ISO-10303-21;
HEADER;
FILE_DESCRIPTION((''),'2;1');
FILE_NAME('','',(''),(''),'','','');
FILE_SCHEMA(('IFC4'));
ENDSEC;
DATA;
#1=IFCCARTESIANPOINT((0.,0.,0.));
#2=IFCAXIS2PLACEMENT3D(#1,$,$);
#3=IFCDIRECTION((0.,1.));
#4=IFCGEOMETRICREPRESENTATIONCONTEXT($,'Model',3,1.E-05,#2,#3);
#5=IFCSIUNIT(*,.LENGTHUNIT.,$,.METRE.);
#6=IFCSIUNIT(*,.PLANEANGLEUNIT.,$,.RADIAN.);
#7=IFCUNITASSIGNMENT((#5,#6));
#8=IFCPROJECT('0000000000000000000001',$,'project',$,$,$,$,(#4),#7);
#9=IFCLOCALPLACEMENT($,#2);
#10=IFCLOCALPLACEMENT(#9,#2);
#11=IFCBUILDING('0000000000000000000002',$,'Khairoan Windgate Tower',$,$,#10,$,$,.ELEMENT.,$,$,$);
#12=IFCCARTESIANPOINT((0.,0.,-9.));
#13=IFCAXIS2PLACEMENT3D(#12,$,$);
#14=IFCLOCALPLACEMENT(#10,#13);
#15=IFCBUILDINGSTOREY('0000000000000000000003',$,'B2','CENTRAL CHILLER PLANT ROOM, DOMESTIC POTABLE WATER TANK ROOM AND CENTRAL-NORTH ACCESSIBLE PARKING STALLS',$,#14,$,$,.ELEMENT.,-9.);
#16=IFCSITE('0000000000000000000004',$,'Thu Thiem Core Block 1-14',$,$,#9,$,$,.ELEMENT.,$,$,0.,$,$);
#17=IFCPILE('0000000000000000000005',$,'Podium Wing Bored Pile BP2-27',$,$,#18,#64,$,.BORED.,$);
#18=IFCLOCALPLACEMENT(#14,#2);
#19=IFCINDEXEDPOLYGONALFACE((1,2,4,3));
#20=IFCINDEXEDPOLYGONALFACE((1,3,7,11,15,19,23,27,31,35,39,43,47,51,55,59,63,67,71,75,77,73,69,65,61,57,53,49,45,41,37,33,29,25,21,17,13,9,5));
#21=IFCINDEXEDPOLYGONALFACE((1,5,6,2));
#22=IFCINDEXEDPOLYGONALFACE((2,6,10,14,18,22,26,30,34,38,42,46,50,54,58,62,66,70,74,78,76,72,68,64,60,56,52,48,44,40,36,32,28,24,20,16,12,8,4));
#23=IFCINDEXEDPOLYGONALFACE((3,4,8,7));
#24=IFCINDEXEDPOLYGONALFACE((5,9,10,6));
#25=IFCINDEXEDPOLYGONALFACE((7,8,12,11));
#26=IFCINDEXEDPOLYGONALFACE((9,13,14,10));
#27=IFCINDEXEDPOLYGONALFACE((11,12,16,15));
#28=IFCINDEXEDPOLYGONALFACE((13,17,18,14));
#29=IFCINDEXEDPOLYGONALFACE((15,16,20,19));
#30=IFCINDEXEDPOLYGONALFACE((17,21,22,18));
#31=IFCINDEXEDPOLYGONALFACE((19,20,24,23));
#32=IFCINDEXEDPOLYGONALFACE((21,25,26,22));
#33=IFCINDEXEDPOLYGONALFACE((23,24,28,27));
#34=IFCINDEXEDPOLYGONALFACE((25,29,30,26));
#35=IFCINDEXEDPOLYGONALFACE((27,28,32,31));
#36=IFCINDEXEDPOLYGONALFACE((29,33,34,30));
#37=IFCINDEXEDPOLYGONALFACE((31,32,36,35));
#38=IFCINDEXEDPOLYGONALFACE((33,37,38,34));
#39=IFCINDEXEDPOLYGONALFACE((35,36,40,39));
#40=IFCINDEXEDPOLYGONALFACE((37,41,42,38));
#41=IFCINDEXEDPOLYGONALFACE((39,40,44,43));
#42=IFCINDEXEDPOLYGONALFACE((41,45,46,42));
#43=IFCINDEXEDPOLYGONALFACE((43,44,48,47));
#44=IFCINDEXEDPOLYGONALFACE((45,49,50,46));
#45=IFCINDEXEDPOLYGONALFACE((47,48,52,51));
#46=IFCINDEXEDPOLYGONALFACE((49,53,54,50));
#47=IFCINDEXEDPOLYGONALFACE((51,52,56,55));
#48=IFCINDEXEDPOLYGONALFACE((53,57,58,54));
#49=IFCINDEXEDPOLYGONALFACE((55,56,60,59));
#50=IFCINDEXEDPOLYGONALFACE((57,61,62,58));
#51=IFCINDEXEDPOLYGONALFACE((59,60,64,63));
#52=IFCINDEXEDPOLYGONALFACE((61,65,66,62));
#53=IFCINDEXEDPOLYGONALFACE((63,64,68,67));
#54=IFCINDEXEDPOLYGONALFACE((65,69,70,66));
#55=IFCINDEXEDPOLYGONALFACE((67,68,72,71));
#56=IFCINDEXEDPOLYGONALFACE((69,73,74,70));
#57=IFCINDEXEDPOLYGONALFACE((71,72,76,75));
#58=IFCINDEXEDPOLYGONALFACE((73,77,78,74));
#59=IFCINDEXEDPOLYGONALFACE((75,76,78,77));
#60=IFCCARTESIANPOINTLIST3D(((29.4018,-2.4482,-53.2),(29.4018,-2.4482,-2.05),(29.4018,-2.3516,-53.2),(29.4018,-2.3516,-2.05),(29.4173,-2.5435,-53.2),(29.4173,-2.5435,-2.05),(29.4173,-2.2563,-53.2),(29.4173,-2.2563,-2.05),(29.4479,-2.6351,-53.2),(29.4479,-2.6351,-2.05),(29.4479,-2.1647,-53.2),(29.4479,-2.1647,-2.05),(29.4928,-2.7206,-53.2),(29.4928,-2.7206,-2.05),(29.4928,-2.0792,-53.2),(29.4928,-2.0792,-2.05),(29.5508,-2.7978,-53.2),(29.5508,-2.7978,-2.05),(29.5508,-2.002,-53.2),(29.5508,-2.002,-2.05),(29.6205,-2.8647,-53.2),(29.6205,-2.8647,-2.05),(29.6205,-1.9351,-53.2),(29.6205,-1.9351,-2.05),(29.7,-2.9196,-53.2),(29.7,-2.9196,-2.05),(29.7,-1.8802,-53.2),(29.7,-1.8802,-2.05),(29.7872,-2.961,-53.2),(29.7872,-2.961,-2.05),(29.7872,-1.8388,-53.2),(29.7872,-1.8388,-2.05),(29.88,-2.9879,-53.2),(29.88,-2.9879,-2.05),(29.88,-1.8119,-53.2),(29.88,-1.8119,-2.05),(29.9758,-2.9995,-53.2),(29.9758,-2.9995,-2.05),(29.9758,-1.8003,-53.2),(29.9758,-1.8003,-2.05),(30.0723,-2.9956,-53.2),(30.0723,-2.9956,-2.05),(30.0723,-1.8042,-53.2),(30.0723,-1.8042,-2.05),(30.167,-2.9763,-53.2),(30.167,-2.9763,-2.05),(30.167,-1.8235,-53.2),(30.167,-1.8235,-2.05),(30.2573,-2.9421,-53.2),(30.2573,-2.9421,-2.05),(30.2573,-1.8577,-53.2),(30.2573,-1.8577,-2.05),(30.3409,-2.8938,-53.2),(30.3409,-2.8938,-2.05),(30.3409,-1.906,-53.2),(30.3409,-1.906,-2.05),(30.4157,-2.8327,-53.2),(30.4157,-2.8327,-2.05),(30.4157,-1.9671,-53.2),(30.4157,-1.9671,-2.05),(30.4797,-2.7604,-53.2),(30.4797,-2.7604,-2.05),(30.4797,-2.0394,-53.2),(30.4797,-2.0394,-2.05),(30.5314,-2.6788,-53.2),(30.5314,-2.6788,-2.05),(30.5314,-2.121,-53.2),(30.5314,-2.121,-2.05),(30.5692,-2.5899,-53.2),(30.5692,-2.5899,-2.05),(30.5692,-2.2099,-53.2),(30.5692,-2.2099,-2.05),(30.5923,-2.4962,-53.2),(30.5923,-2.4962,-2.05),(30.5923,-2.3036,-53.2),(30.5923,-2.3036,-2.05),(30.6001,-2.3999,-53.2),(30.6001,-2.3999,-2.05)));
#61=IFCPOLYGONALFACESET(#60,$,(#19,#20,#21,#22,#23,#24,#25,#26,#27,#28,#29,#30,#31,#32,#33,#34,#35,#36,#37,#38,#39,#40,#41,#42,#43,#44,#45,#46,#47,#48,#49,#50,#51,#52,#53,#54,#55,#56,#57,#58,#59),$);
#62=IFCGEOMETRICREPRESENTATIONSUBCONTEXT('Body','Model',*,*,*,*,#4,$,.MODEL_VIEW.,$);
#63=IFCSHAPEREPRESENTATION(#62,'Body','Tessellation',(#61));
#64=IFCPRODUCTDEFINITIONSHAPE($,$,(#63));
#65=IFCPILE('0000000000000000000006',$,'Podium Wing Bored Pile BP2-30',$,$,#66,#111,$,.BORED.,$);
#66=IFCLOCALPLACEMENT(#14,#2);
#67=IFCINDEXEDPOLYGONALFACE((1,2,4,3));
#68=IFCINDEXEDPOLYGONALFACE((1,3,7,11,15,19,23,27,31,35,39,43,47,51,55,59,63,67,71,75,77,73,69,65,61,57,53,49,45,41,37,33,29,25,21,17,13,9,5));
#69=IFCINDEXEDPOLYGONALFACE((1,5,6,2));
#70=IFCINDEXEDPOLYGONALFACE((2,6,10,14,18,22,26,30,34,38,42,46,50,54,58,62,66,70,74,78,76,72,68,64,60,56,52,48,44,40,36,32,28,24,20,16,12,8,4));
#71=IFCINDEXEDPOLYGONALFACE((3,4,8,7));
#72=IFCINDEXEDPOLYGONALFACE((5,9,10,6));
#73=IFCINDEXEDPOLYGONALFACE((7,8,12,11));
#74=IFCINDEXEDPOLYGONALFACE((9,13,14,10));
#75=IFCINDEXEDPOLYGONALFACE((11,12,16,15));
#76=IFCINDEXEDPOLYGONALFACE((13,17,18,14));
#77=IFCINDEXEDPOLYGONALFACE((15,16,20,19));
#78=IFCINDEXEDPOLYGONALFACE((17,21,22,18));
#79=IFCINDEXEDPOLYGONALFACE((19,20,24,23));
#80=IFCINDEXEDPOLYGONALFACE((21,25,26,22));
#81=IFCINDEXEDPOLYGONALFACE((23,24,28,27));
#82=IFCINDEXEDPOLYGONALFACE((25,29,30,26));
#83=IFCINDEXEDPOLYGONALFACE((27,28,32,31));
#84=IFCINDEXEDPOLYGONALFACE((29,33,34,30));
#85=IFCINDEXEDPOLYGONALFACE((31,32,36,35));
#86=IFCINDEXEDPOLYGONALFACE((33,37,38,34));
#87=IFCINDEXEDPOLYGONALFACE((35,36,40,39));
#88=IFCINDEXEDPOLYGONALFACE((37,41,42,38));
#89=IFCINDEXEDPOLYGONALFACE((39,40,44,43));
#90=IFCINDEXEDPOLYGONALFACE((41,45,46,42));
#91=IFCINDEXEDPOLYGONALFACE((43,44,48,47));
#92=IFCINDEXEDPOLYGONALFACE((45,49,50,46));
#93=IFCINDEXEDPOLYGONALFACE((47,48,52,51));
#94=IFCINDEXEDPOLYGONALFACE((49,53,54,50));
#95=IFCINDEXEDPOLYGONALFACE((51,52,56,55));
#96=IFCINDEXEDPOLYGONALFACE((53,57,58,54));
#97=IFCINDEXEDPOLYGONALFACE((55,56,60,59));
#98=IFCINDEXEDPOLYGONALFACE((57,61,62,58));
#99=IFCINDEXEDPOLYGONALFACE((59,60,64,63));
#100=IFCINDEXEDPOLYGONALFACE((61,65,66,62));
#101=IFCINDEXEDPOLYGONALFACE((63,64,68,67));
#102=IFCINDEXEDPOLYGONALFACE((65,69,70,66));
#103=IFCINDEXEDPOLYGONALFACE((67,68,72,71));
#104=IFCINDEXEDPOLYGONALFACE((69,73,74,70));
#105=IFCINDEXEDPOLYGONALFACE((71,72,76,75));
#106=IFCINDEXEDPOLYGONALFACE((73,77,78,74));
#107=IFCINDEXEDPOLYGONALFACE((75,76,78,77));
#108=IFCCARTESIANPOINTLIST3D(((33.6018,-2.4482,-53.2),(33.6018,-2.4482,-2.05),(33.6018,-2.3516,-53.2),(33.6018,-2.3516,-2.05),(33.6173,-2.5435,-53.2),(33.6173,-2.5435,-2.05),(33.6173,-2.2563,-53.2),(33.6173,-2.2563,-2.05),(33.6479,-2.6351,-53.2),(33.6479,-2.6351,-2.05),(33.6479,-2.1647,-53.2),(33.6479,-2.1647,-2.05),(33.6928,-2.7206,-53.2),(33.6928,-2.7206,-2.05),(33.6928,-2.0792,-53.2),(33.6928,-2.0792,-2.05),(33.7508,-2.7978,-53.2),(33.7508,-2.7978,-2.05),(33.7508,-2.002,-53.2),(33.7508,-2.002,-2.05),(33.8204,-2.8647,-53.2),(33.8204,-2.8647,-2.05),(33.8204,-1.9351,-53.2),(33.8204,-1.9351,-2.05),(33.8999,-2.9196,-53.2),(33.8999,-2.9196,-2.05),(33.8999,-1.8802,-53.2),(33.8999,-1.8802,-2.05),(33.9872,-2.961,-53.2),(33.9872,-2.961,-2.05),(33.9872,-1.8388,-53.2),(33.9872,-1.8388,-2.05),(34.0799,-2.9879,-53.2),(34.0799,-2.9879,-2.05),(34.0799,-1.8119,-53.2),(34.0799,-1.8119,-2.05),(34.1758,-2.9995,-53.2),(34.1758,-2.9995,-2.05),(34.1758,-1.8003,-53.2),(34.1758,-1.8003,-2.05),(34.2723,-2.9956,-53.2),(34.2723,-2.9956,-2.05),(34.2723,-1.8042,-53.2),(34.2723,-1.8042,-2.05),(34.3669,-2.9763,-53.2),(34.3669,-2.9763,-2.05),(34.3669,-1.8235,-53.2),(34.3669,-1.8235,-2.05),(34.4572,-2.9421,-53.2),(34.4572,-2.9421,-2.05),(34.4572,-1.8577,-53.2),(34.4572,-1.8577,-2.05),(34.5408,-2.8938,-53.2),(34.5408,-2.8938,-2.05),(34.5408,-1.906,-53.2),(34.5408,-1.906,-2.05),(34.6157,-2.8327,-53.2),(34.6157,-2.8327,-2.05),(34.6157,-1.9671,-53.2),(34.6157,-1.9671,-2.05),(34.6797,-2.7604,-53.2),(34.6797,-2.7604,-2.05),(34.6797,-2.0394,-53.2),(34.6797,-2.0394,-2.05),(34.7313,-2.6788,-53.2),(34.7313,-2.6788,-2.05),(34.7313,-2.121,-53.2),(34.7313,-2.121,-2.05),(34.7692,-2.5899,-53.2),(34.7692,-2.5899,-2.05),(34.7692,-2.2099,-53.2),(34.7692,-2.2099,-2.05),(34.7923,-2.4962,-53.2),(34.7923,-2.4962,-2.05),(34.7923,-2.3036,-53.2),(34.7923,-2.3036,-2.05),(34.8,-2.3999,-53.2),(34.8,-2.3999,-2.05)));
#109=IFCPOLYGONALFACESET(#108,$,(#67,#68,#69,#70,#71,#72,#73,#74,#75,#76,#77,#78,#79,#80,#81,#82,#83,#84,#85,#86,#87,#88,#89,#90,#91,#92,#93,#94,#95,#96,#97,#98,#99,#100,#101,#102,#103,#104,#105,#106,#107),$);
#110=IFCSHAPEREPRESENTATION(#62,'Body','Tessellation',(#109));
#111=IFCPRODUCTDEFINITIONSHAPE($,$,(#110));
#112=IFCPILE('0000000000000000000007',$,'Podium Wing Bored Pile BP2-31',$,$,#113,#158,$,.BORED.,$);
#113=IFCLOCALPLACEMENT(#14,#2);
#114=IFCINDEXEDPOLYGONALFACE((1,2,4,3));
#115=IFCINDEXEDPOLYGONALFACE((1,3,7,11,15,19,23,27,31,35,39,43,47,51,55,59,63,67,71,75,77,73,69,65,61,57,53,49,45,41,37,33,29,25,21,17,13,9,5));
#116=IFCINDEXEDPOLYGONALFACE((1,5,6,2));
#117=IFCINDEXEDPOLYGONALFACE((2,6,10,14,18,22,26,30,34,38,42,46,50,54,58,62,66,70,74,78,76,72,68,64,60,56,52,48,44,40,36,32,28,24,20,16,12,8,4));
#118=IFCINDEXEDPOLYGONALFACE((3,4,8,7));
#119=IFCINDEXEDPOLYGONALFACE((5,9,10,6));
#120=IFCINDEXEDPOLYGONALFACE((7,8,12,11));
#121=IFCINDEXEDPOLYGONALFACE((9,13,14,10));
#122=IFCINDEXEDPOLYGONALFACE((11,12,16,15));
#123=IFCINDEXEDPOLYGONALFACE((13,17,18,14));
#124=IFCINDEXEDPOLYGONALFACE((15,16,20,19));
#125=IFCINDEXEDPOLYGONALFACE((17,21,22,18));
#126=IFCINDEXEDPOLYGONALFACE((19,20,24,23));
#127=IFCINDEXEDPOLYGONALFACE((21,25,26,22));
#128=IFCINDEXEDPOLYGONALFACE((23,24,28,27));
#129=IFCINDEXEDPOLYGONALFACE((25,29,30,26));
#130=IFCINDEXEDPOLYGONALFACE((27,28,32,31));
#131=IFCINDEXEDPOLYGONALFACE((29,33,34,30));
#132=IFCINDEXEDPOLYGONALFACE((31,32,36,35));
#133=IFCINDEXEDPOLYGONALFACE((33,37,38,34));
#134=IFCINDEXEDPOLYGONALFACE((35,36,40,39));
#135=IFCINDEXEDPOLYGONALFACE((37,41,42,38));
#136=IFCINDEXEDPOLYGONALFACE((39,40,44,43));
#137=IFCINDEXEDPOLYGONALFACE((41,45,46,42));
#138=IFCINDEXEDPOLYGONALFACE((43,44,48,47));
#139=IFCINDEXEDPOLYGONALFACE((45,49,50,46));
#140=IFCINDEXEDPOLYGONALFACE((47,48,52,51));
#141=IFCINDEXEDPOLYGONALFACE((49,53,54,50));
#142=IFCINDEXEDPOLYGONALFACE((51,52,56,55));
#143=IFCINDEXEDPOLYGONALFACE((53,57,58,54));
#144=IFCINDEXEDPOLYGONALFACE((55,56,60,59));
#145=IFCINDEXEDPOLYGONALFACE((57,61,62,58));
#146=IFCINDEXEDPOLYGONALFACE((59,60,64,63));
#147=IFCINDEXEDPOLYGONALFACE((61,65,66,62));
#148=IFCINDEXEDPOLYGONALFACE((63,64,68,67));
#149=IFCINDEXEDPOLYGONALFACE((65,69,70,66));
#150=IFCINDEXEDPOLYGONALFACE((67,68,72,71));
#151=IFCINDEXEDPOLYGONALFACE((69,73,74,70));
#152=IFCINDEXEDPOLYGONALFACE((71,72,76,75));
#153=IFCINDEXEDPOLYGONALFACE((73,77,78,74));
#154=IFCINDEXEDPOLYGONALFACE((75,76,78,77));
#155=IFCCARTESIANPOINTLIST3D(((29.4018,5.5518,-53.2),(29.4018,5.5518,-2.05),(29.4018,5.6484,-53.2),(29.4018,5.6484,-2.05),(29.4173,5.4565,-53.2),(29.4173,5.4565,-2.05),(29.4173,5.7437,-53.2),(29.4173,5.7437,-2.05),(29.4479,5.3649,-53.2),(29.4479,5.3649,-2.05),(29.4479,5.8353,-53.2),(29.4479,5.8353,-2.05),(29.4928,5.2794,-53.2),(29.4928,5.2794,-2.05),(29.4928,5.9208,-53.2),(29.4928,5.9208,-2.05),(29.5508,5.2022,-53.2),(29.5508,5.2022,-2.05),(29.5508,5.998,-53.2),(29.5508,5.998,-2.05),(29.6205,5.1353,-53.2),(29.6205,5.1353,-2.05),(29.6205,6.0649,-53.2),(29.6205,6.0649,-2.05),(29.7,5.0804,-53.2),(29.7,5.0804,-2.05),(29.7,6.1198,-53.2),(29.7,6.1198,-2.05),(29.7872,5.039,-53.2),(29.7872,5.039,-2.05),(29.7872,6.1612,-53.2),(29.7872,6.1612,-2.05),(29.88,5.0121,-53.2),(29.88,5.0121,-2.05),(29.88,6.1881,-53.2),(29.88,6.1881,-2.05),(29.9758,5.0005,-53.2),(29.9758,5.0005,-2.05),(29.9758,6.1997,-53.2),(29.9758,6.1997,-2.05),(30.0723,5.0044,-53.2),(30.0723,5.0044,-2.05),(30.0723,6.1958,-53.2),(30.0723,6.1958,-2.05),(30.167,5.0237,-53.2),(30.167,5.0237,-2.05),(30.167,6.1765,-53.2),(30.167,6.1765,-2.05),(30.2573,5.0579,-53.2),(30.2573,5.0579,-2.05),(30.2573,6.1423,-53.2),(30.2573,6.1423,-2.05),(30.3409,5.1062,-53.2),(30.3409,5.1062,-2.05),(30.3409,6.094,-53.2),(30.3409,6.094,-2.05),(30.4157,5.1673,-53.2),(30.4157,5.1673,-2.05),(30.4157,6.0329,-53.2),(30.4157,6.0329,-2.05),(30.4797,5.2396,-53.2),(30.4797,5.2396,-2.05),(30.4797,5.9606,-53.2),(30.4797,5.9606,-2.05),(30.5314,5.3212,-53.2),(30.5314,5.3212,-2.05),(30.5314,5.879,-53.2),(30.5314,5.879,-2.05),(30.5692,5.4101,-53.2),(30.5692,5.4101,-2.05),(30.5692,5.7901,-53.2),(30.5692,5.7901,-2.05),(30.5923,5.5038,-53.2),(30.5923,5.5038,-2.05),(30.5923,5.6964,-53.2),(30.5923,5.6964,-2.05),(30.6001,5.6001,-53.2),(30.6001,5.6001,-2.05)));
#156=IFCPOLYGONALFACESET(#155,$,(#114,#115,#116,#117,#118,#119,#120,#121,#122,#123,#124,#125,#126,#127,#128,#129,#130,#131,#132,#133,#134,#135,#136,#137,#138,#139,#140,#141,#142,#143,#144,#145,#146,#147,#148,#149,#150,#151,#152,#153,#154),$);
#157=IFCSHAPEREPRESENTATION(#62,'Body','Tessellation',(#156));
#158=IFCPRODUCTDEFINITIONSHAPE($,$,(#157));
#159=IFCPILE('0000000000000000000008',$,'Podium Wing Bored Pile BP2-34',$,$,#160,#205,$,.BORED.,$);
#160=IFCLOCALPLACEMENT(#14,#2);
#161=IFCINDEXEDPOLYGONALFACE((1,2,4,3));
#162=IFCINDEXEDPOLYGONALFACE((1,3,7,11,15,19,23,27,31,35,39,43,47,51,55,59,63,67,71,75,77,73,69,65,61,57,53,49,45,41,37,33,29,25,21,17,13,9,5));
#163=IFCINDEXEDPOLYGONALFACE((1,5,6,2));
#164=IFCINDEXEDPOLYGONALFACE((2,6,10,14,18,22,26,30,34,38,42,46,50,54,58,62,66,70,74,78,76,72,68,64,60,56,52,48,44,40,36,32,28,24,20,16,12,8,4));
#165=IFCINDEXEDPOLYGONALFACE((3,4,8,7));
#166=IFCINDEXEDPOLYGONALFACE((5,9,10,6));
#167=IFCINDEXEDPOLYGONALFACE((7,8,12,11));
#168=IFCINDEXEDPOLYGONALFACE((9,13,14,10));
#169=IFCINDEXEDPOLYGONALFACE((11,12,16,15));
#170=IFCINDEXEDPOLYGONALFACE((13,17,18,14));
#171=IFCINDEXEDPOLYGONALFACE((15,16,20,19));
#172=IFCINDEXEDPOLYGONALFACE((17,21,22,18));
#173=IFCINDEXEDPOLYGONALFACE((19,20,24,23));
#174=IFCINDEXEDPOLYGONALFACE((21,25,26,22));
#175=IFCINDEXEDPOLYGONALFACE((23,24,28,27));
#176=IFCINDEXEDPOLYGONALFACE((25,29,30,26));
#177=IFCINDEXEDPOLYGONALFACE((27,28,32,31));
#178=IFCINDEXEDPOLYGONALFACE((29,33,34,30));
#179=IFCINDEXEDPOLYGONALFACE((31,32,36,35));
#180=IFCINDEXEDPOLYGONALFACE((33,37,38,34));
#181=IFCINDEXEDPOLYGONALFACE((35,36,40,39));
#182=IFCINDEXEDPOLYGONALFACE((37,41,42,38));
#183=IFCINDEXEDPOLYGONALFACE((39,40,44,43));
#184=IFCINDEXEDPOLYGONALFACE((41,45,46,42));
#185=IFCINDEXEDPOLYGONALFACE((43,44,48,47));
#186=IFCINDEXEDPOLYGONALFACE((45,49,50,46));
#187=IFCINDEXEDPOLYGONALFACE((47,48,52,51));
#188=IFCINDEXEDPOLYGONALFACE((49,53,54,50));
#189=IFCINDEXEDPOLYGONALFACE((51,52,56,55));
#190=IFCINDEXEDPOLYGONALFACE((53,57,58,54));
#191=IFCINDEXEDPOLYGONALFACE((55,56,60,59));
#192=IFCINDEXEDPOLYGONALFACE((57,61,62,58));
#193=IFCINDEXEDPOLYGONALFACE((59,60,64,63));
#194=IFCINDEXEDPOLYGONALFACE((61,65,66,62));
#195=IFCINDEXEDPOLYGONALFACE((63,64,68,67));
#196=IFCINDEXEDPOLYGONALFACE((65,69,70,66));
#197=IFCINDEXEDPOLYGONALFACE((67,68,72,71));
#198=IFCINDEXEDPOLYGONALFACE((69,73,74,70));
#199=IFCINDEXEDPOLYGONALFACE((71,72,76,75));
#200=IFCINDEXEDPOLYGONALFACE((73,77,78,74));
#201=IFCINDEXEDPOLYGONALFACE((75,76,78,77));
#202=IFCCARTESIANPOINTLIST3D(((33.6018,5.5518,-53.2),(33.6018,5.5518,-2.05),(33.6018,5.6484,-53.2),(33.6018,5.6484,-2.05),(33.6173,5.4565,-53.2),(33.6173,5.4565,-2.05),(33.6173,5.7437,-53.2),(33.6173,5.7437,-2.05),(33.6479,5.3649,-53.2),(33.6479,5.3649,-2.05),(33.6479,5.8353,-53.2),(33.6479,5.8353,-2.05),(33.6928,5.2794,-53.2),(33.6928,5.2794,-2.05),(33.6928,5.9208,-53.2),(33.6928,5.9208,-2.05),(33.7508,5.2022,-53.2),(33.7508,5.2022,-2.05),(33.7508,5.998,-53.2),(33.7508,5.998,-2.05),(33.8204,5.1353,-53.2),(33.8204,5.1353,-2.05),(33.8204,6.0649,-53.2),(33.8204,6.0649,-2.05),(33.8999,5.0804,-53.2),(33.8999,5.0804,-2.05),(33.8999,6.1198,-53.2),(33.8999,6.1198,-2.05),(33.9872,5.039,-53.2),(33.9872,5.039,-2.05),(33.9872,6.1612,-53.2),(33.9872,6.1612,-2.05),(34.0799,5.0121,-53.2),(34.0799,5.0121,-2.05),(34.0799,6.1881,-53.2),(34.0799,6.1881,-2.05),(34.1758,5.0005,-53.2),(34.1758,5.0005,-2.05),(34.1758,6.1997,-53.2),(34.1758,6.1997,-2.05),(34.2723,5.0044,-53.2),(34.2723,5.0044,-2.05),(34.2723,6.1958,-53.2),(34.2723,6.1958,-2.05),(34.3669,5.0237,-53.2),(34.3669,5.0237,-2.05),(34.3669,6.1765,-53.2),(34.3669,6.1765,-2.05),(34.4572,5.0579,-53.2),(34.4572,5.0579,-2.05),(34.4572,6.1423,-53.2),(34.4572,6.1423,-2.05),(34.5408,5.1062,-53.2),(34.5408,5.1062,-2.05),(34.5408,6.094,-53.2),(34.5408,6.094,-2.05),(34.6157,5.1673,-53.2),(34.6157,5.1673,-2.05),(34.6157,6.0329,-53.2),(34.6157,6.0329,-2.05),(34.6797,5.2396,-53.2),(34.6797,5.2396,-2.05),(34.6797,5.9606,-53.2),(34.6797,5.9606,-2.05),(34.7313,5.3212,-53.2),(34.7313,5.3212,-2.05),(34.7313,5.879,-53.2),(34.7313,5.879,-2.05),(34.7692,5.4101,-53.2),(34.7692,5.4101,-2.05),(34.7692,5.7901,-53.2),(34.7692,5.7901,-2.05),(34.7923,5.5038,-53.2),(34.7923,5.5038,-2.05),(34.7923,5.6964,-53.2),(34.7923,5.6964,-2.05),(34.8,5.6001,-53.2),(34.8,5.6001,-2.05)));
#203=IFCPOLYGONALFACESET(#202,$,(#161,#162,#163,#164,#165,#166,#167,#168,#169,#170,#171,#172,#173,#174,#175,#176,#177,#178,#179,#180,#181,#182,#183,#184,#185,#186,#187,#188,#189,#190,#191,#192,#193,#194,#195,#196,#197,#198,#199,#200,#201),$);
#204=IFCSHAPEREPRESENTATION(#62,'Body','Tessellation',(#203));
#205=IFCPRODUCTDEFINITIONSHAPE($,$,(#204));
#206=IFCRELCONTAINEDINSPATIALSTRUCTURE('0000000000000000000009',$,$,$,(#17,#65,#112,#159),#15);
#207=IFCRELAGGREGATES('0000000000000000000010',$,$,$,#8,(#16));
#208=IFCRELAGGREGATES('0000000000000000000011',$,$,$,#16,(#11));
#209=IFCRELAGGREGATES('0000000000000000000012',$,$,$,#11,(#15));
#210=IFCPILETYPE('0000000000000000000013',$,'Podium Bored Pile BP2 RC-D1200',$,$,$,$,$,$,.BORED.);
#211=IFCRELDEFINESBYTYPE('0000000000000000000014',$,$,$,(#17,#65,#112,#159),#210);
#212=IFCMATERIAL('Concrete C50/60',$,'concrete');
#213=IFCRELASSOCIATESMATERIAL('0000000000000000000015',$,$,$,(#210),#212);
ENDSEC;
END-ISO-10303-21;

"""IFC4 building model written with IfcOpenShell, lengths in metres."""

from ifc_helpers import new_model, si_unit, direction, frame, origin, origin_2d, place, context, subcontext, project, spatial, circle, extrude, material, material_profile, profile_set, type_object, element, save


model = new_model("IFC4")

# Units and contexts
model_context = context("Model", 3, precision=1e-05, world=origin(), true_north=direction((0.0, 1.0)))
body_context = subcontext(model_context, "Body", "Model", "MODEL_VIEW")
ifc_project = project(units=[si_unit("LENGTHUNIT", "METRE"), si_unit("PLANEANGLEUNIT", "RADIAN")], contexts=[model_context])

# Site, building, storey
site_placement = place(None, origin())
site = spatial("IfcSite", under=ifc_project, at=site_placement, Name="Thu Thiem Core Block 1-14", CompositionType="ELEMENT", RefElevation=0.0)
building_placement = place(site_placement, origin())
building = spatial("IfcBuilding", under=site, at=building_placement, Name="Khairoan Windgate Tower", CompositionType="ELEMENT")
storey_placement = place(building_placement, frame((0.0, 0.0, -9.0)))
storey = spatial("IfcBuildingStorey", under=building, at=storey_placement, Name="B2", Description="CENTRAL CHILLER PLANT ROOM, DOMESTIC POTABLE WATER TANK ROOM AND CENTRAL-NORTH ACCESSIBLE PARKING STALLS", CompositionType="ELEMENT", Elevation=-9.0)

# Piles
ifc_material_1 = material(Name="Concrete C50/60", Category="concrete")
ifc_material_profile_1 = material_profile(ifc_material_1, circle(Radius=0.6001, at=origin_2d()))
ifc_profile_set_1 = profile_set([ifc_material_profile_1], Name="Concrete C50/60")
pile_type_1 = type_object("IfcPileType", Name="Podium Bored Pile BP2 RC-D1200", PredefinedType="BORED", material=ifc_profile_set_1)
for number, where, z_axis, x_axis, name in (
    (1, (30.0, -2.3999, -2.05), (0.0, 0.0, -1.0), (1.0, 0.0, 0.0), "Podium Wing Bored Pile BP2-27"),
    (2, (34.2, -2.3999, -2.05), (0.0, 0.0, -1.0), (1.0, 0.0, 0.0), "Podium Wing Bored Pile BP2-30"),
    (3, (30.0, 5.6001, -2.05), (0.0, 0.0, -1.0), (1.0, 0.0, 0.0), "Podium Wing Bored Pile BP2-31"),
    (4, (34.2, 5.6001, -2.05), (0.0, 0.0, -1.0), (1.0, 0.0, 0.0), "Podium Wing Bored Pile BP2-34"),
):
    element("IfcPile", number, at=place(storey_placement, frame(where, z_axis=z_axis, x_axis=x_axis)), inside=storey, type_object=pile_type_1, Name=name, PredefinedType="BORED", context=body_context, shape_type="SweptSolid", body=[
        extrude(circle(Radius=0.6001, at=origin_2d()), origin(), (0.0, 0.0, 1.0), 51.1499),
    ])

save(model, "model.ifc")
